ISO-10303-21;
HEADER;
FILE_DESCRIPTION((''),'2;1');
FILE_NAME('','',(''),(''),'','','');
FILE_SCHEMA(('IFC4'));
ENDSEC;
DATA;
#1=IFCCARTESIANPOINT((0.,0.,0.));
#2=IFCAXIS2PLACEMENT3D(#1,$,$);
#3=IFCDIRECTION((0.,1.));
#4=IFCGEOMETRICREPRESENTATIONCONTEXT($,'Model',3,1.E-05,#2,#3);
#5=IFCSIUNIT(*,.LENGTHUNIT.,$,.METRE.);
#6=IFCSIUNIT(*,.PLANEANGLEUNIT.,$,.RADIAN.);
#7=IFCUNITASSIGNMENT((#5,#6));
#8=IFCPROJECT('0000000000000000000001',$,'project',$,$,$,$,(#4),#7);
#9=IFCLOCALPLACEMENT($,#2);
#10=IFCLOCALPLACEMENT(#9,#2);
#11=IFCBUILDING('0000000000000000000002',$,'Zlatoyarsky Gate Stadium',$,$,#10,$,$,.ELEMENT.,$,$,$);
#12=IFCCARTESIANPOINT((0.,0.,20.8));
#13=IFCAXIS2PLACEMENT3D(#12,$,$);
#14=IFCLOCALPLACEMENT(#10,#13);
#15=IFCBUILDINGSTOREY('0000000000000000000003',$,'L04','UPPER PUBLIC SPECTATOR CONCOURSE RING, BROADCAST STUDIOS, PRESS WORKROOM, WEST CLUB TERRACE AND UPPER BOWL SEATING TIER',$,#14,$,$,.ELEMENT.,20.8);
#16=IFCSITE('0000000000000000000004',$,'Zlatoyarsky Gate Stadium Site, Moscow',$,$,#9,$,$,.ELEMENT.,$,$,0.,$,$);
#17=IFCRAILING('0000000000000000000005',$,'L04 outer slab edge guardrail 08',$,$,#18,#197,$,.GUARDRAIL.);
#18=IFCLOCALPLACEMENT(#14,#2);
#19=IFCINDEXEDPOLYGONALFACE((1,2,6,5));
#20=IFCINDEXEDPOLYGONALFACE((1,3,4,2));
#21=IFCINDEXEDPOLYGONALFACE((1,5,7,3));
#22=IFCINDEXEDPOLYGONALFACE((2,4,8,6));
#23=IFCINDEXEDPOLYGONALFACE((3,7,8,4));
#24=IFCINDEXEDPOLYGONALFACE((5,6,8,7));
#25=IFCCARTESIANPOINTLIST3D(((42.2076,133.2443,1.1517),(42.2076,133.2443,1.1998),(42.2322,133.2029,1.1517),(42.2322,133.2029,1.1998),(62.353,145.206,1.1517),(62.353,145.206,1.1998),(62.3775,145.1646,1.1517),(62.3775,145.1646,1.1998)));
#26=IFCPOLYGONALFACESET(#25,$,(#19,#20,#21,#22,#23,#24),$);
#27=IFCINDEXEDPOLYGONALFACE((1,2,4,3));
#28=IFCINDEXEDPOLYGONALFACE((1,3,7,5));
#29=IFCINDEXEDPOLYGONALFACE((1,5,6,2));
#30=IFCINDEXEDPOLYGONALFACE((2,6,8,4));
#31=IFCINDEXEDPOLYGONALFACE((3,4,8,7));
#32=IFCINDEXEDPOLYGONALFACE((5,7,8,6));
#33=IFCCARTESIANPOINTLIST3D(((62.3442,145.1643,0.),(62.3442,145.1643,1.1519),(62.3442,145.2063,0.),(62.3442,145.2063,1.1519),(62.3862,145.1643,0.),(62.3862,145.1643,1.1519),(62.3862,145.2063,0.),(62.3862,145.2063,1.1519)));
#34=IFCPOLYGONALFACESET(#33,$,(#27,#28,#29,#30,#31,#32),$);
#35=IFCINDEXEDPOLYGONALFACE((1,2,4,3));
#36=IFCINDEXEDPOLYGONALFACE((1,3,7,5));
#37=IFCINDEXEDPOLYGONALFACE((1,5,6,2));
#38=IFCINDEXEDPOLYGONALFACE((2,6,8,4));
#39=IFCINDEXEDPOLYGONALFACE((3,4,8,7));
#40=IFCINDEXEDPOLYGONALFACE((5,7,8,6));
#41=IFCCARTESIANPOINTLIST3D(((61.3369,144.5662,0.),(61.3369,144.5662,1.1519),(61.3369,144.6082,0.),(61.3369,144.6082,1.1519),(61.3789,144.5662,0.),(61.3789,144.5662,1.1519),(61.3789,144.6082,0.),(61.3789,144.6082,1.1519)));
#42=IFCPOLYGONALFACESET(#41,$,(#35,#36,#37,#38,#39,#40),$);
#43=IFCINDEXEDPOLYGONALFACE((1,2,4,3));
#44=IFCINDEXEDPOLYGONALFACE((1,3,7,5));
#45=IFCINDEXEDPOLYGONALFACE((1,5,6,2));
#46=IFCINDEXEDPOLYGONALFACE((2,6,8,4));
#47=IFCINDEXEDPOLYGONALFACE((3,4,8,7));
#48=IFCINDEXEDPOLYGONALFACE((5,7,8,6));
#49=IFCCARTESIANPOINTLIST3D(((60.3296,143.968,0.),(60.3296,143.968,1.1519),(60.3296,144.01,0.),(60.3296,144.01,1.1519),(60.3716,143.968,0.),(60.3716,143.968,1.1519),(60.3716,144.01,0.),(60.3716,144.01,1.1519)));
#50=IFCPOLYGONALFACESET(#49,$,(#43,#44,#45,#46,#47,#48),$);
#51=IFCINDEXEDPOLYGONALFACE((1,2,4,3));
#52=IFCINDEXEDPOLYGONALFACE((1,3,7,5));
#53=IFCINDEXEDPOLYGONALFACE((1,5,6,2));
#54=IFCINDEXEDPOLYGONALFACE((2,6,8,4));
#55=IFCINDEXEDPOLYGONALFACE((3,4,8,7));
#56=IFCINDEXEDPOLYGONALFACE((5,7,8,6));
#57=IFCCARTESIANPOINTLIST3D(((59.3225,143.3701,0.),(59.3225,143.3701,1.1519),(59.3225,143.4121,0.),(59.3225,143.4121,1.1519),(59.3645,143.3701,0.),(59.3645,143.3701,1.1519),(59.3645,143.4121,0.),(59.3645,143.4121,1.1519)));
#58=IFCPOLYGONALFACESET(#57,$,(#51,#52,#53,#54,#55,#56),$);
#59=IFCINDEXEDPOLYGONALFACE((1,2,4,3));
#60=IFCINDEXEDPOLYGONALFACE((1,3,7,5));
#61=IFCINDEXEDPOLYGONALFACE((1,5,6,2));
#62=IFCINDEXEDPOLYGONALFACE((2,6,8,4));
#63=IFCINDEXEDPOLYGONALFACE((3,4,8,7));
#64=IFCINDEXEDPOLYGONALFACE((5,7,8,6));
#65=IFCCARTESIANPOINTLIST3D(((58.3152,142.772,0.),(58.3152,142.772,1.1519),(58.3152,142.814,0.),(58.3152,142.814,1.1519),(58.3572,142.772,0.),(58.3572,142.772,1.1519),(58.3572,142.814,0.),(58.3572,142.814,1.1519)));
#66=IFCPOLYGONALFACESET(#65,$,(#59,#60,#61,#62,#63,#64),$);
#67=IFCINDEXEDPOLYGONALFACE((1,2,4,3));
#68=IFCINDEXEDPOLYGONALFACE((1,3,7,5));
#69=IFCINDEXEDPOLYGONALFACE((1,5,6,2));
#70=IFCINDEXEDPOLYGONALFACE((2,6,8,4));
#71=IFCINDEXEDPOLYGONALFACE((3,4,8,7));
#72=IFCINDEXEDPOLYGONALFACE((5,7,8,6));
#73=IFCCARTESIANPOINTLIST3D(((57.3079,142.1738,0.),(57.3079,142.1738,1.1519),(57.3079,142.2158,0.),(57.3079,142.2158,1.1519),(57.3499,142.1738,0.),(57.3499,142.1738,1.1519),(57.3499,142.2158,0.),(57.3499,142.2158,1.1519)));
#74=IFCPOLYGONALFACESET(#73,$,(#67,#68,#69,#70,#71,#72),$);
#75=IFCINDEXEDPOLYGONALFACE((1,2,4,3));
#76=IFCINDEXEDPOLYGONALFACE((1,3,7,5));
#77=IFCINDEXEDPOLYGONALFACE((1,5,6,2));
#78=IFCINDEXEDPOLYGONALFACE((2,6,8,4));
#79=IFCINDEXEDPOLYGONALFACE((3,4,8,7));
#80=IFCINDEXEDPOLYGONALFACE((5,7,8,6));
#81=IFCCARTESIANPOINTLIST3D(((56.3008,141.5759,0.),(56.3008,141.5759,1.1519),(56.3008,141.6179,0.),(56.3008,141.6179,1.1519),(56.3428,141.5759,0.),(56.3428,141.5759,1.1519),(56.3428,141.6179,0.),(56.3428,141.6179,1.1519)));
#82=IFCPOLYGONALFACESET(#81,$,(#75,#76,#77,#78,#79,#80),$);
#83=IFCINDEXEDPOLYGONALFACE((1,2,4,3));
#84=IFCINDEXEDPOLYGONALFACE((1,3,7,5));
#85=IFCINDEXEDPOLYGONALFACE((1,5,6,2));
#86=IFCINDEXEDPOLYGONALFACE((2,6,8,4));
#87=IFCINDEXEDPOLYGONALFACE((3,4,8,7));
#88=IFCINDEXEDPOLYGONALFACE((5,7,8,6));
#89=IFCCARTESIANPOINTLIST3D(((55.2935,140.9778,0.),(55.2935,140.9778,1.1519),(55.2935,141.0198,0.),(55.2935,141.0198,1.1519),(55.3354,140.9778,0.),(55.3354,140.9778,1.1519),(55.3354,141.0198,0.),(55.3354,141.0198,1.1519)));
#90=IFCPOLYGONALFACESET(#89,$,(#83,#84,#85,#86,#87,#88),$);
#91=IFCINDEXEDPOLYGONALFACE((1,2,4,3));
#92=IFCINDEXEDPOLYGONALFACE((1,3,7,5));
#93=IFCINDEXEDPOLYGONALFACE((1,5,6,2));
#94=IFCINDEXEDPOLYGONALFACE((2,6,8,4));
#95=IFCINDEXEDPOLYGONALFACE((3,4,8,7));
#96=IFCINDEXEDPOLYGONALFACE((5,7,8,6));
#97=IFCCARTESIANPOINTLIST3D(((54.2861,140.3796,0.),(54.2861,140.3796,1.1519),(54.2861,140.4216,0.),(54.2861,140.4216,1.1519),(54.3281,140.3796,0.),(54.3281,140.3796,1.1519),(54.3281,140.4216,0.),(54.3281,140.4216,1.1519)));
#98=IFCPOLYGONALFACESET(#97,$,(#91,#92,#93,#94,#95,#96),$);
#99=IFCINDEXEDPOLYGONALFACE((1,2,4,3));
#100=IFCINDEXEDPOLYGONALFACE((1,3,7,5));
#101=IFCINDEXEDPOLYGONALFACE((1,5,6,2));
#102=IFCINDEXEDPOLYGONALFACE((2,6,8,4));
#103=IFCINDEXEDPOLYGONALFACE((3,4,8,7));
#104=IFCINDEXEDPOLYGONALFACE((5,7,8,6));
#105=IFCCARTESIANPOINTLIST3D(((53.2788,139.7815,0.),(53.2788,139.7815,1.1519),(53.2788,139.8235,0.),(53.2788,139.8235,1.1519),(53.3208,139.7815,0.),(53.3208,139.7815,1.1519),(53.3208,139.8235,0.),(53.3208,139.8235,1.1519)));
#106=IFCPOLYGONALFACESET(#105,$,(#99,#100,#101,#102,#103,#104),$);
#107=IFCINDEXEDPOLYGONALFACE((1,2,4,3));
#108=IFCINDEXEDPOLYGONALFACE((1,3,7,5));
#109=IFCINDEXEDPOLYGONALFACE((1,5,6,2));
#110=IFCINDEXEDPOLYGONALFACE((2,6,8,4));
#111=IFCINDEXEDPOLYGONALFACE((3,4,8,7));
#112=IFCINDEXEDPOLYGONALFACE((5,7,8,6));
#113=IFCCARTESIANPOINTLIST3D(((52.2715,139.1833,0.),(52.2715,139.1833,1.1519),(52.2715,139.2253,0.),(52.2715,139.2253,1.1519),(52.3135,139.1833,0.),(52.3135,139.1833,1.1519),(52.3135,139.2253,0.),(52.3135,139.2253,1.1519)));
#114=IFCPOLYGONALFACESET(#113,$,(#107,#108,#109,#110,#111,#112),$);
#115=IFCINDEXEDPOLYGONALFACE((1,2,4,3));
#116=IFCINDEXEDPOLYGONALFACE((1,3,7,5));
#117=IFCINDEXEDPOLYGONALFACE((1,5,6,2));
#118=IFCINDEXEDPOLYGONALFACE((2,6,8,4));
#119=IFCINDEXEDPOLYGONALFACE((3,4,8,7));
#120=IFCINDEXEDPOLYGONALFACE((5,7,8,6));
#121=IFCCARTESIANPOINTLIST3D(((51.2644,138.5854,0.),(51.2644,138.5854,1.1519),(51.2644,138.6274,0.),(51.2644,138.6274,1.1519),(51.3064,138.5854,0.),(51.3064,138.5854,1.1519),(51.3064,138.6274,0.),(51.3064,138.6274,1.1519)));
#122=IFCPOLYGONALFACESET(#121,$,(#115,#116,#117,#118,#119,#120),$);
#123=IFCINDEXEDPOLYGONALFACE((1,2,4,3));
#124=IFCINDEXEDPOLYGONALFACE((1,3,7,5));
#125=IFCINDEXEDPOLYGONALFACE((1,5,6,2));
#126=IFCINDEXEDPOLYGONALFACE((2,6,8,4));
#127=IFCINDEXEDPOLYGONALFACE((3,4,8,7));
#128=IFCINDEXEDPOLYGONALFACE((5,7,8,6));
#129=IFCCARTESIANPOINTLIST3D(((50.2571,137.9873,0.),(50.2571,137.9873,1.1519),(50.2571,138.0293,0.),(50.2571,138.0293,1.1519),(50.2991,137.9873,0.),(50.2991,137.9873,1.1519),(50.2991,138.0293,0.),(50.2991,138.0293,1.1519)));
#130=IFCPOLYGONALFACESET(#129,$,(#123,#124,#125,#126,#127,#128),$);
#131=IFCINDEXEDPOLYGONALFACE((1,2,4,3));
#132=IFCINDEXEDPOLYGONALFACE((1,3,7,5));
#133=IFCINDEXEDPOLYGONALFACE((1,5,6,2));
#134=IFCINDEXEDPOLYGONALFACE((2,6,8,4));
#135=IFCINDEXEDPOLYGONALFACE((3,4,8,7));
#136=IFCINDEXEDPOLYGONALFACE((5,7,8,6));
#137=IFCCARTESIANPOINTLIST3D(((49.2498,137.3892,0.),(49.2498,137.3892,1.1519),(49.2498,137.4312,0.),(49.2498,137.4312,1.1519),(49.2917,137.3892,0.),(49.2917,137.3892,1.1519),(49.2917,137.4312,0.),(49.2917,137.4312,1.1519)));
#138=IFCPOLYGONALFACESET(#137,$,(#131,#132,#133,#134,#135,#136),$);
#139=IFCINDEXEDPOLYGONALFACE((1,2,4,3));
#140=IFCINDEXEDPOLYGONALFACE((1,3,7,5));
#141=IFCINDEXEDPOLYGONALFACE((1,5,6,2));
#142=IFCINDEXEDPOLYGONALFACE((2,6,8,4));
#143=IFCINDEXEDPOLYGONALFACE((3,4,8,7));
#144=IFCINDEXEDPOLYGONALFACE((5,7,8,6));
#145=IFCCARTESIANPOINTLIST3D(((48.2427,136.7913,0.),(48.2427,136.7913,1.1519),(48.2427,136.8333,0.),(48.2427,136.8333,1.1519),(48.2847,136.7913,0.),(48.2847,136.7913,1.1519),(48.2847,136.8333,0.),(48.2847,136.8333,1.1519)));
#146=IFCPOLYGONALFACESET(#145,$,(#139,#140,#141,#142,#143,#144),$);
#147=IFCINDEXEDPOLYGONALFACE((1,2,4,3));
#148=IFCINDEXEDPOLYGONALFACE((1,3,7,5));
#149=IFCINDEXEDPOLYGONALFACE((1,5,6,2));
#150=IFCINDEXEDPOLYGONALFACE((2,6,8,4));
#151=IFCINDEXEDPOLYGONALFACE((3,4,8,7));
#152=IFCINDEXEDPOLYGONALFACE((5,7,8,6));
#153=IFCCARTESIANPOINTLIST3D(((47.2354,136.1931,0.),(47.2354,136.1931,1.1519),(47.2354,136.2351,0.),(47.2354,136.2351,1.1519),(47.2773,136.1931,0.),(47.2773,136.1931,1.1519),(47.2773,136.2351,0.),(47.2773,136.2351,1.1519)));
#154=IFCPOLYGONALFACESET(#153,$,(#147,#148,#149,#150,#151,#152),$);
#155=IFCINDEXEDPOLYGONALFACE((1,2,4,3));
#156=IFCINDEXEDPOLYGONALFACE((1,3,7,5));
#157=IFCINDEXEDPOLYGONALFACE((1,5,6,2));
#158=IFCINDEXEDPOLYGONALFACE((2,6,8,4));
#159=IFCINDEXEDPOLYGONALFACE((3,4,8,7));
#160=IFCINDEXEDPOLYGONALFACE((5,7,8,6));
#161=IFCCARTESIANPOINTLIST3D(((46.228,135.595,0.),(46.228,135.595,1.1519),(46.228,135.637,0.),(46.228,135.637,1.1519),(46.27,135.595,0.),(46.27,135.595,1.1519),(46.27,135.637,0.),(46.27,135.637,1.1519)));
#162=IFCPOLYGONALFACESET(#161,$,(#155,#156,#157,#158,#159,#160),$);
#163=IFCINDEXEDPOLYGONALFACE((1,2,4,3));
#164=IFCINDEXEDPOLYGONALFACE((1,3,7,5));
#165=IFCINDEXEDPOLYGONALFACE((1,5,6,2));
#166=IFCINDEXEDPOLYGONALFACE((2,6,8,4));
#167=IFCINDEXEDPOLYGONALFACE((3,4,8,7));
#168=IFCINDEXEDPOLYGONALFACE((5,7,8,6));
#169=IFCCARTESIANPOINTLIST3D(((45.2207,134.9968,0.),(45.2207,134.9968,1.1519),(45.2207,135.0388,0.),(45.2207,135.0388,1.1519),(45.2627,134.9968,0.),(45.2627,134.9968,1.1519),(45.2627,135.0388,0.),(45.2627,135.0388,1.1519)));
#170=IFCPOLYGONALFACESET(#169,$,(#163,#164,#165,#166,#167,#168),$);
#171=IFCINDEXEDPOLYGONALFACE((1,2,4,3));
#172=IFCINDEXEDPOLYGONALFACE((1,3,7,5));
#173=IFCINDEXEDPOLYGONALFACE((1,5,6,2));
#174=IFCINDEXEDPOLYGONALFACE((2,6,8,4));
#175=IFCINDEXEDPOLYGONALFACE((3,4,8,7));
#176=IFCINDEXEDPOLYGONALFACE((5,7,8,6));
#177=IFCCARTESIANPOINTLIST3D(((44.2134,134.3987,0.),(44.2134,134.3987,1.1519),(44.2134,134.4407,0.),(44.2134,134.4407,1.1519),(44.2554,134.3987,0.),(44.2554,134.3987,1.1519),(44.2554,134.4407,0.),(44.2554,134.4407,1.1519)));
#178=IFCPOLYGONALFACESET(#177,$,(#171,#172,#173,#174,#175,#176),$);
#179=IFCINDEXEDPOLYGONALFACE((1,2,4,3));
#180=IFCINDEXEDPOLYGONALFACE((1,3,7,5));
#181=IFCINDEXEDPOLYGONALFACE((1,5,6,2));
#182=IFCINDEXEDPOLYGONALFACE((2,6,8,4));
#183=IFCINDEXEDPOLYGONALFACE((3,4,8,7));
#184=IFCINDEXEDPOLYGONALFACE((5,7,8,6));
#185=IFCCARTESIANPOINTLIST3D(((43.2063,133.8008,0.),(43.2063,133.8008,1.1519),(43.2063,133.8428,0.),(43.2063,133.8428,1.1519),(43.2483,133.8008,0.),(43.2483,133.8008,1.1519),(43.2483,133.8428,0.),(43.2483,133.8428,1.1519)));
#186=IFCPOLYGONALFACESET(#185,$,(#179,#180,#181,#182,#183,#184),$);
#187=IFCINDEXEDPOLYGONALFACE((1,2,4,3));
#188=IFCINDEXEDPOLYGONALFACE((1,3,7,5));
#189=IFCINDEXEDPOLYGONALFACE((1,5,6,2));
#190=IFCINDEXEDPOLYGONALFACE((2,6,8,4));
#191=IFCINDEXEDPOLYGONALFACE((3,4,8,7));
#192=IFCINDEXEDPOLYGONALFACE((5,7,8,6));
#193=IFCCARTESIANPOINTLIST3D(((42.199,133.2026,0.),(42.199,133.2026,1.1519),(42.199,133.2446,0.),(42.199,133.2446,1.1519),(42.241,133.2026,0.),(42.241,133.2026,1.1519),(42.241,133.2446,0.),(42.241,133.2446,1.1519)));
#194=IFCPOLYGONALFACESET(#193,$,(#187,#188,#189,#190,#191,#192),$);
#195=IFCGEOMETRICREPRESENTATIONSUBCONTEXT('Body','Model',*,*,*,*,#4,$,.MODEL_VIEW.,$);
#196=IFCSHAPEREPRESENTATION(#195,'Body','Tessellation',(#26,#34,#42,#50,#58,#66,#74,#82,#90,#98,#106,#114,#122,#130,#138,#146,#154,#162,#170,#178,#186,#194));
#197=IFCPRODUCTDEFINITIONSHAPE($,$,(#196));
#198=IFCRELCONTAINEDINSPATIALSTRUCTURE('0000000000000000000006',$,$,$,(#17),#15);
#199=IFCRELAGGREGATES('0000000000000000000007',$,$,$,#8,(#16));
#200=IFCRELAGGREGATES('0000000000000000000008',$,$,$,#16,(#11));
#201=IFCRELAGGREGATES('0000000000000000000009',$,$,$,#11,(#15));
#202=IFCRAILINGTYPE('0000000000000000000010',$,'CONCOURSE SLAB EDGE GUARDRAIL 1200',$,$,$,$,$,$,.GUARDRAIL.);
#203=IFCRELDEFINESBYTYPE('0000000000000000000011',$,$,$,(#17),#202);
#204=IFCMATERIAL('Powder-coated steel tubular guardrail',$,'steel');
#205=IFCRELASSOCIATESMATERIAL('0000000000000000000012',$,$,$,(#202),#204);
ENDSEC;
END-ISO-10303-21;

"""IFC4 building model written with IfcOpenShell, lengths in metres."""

from ifc_helpers import new_model, si_unit, direction, frame, origin, origin_2d, place, context, subcontext, project, spatial, rectangle, extrude, material, type_object, element, save


model = new_model("IFC4")

# Units and contexts
model_context = context("Model", 3, precision=1e-05, world=origin(), true_north=direction((0.0, 1.0)))
body_context = subcontext(model_context, "Body", "Model", "MODEL_VIEW")
ifc_project = project(units=[si_unit("LENGTHUNIT", "METRE"), si_unit("PLANEANGLEUNIT", "RADIAN")], contexts=[model_context])

# Site, building, storey
site_placement = place(None, origin())
site = spatial("IfcSite", under=ifc_project, at=site_placement, Name="Zlatoyarsky Gate Stadium Site, Moscow", CompositionType="ELEMENT", RefElevation=0.0)
building_placement = place(site_placement, origin())
building = spatial("IfcBuilding", under=site, at=building_placement, Name="Zlatoyarsky Gate Stadium", CompositionType="ELEMENT")
storey_placement = place(building_placement, frame((0.0, 0.0, 20.8)))
storey = spatial("IfcBuildingStorey", under=building, at=storey_placement, Name="L04", Description="UPPER PUBLIC SPECTATOR CONCOURSE RING, BROADCAST STUDIOS, PRESS WORKROOM, WEST CLUB TERRACE AND UPPER BOWL SEATING TIER", CompositionType="ELEMENT", Elevation=20.8)

# Railing
ifc_material_1 = material(Name="Powder-coated steel tubular guardrail", Category="steel")
railing_type = type_object("IfcRailingType", Name="CONCOURSE SLAB EDGE GUARDRAIL 1200", PredefinedType="GUARDRAIL", material=ifc_material_1)
railing_placement = place(storey_placement, frame((62.3652, 145.1853, 0.0)))
element("IfcRailing", 1, at=railing_placement, inside=storey, type_object=railing_type, Name="L04 outer slab edge guardrail 08", PredefinedType="GUARDRAIL", context=body_context, shape_type="SweptSolid", body=[
    extrude(rectangle(XDim=0.0481, YDim=0.0481, at=origin_2d()), frame((0.0, 0.0, 1.1758), z_axis=(-0.859847, -0.510552, 0.0), x_axis=(0.510552, -0.859847, 0.0)), (0.0, 0.0, 1.0), 23.429),
    extrude(rectangle(XDim=0.042, YDim=0.042, at=origin_2d()), origin(), (0.0, 0.0, 1.0), 1.1519),
    extrude(rectangle(XDim=0.042, YDim=0.042, at=origin_2d()), frame((-1.0073, -0.5981, 0.0)), (0.0, 0.0, 1.0), 1.1519),
    extrude(rectangle(XDim=0.042, YDim=0.042, at=origin_2d()), frame((-2.0146, -1.1963, 0.0)), (0.0, 0.0, 1.0), 1.1519),
    extrude(rectangle(XDim=0.042, YDim=0.042, at=origin_2d()), frame((-3.0217, -1.7942, 0.0)), (0.0, 0.0, 1.0), 1.1519),
    extrude(rectangle(XDim=0.042, YDim=0.042, at=origin_2d()), frame((-4.0291, -2.3923, 0.0)), (0.0, 0.0, 1.0), 1.1519),
    extrude(rectangle(XDim=0.042, YDim=0.042, at=origin_2d()), frame((-5.0364, -2.9905, 0.0)), (0.0, 0.0, 1.0), 1.1519),
    extrude(rectangle(XDim=0.042, YDim=0.042, at=origin_2d()), frame((-6.0435, -3.5884, 0.0)), (0.0, 0.0, 1.0), 1.1519),
    extrude(rectangle(XDim=0.042, YDim=0.042, at=origin_2d()), frame((-7.0508, -4.1865, 0.0)), (0.0, 0.0, 1.0), 1.1519),
    extrude(rectangle(XDim=0.042, YDim=0.042, at=origin_2d()), frame((-8.0581, -4.7847, 0.0)), (0.0, 0.0, 1.0), 1.1519),
    extrude(rectangle(XDim=0.042, YDim=0.042, at=origin_2d()), frame((-9.0654, -5.3828, 0.0)), (0.0, 0.0, 1.0), 1.1519),
    extrude(rectangle(XDim=0.042, YDim=0.042, at=origin_2d()), frame((-10.0728, -5.981, 0.0)), (0.0, 0.0, 1.0), 1.1519),
    extrude(rectangle(XDim=0.042, YDim=0.042, at=origin_2d()), frame((-11.0798, -6.5789, 0.0)), (0.0, 0.0, 1.0), 1.1519),
    extrude(rectangle(XDim=0.042, YDim=0.042, at=origin_2d()), frame((-12.0872, -7.177, 0.0)), (0.0, 0.0, 1.0), 1.1519),
    extrude(rectangle(XDim=0.042, YDim=0.042, at=origin_2d()), frame((-13.0945, -7.7751, 0.0)), (0.0, 0.0, 1.0), 1.1519),
    extrude(rectangle(XDim=0.042, YDim=0.042, at=origin_2d()), frame((-14.1016, -8.373, 0.0)), (0.0, 0.0, 1.0), 1.1519),
    extrude(rectangle(XDim=0.042, YDim=0.042, at=origin_2d()), frame((-15.1089, -8.9712, 0.0)), (0.0, 0.0, 1.0), 1.1519),
    extrude(rectangle(XDim=0.042, YDim=0.042, at=origin_2d()), frame((-16.1162, -9.5693, 0.0)), (0.0, 0.0, 1.0), 1.1519),
    extrude(rectangle(XDim=0.042, YDim=0.042, at=origin_2d()), frame((-17.1235, -10.1675, 0.0)), (0.0, 0.0, 1.0), 1.1519),
    extrude(rectangle(XDim=0.042, YDim=0.042, at=origin_2d()), frame((-18.1309, -10.7656, 0.0)), (0.0, 0.0, 1.0), 1.1519),
    extrude(rectangle(XDim=0.042, YDim=0.042, at=origin_2d()), frame((-19.1379, -11.3635, 0.0)), (0.0, 0.0, 1.0), 1.1519),
    extrude(rectangle(XDim=0.042, YDim=0.042, at=origin_2d()), frame((-20.1453, -11.9617, 0.0)), (0.0, 0.0, 1.0), 1.1519),
])

save(model, "model.ifc")
